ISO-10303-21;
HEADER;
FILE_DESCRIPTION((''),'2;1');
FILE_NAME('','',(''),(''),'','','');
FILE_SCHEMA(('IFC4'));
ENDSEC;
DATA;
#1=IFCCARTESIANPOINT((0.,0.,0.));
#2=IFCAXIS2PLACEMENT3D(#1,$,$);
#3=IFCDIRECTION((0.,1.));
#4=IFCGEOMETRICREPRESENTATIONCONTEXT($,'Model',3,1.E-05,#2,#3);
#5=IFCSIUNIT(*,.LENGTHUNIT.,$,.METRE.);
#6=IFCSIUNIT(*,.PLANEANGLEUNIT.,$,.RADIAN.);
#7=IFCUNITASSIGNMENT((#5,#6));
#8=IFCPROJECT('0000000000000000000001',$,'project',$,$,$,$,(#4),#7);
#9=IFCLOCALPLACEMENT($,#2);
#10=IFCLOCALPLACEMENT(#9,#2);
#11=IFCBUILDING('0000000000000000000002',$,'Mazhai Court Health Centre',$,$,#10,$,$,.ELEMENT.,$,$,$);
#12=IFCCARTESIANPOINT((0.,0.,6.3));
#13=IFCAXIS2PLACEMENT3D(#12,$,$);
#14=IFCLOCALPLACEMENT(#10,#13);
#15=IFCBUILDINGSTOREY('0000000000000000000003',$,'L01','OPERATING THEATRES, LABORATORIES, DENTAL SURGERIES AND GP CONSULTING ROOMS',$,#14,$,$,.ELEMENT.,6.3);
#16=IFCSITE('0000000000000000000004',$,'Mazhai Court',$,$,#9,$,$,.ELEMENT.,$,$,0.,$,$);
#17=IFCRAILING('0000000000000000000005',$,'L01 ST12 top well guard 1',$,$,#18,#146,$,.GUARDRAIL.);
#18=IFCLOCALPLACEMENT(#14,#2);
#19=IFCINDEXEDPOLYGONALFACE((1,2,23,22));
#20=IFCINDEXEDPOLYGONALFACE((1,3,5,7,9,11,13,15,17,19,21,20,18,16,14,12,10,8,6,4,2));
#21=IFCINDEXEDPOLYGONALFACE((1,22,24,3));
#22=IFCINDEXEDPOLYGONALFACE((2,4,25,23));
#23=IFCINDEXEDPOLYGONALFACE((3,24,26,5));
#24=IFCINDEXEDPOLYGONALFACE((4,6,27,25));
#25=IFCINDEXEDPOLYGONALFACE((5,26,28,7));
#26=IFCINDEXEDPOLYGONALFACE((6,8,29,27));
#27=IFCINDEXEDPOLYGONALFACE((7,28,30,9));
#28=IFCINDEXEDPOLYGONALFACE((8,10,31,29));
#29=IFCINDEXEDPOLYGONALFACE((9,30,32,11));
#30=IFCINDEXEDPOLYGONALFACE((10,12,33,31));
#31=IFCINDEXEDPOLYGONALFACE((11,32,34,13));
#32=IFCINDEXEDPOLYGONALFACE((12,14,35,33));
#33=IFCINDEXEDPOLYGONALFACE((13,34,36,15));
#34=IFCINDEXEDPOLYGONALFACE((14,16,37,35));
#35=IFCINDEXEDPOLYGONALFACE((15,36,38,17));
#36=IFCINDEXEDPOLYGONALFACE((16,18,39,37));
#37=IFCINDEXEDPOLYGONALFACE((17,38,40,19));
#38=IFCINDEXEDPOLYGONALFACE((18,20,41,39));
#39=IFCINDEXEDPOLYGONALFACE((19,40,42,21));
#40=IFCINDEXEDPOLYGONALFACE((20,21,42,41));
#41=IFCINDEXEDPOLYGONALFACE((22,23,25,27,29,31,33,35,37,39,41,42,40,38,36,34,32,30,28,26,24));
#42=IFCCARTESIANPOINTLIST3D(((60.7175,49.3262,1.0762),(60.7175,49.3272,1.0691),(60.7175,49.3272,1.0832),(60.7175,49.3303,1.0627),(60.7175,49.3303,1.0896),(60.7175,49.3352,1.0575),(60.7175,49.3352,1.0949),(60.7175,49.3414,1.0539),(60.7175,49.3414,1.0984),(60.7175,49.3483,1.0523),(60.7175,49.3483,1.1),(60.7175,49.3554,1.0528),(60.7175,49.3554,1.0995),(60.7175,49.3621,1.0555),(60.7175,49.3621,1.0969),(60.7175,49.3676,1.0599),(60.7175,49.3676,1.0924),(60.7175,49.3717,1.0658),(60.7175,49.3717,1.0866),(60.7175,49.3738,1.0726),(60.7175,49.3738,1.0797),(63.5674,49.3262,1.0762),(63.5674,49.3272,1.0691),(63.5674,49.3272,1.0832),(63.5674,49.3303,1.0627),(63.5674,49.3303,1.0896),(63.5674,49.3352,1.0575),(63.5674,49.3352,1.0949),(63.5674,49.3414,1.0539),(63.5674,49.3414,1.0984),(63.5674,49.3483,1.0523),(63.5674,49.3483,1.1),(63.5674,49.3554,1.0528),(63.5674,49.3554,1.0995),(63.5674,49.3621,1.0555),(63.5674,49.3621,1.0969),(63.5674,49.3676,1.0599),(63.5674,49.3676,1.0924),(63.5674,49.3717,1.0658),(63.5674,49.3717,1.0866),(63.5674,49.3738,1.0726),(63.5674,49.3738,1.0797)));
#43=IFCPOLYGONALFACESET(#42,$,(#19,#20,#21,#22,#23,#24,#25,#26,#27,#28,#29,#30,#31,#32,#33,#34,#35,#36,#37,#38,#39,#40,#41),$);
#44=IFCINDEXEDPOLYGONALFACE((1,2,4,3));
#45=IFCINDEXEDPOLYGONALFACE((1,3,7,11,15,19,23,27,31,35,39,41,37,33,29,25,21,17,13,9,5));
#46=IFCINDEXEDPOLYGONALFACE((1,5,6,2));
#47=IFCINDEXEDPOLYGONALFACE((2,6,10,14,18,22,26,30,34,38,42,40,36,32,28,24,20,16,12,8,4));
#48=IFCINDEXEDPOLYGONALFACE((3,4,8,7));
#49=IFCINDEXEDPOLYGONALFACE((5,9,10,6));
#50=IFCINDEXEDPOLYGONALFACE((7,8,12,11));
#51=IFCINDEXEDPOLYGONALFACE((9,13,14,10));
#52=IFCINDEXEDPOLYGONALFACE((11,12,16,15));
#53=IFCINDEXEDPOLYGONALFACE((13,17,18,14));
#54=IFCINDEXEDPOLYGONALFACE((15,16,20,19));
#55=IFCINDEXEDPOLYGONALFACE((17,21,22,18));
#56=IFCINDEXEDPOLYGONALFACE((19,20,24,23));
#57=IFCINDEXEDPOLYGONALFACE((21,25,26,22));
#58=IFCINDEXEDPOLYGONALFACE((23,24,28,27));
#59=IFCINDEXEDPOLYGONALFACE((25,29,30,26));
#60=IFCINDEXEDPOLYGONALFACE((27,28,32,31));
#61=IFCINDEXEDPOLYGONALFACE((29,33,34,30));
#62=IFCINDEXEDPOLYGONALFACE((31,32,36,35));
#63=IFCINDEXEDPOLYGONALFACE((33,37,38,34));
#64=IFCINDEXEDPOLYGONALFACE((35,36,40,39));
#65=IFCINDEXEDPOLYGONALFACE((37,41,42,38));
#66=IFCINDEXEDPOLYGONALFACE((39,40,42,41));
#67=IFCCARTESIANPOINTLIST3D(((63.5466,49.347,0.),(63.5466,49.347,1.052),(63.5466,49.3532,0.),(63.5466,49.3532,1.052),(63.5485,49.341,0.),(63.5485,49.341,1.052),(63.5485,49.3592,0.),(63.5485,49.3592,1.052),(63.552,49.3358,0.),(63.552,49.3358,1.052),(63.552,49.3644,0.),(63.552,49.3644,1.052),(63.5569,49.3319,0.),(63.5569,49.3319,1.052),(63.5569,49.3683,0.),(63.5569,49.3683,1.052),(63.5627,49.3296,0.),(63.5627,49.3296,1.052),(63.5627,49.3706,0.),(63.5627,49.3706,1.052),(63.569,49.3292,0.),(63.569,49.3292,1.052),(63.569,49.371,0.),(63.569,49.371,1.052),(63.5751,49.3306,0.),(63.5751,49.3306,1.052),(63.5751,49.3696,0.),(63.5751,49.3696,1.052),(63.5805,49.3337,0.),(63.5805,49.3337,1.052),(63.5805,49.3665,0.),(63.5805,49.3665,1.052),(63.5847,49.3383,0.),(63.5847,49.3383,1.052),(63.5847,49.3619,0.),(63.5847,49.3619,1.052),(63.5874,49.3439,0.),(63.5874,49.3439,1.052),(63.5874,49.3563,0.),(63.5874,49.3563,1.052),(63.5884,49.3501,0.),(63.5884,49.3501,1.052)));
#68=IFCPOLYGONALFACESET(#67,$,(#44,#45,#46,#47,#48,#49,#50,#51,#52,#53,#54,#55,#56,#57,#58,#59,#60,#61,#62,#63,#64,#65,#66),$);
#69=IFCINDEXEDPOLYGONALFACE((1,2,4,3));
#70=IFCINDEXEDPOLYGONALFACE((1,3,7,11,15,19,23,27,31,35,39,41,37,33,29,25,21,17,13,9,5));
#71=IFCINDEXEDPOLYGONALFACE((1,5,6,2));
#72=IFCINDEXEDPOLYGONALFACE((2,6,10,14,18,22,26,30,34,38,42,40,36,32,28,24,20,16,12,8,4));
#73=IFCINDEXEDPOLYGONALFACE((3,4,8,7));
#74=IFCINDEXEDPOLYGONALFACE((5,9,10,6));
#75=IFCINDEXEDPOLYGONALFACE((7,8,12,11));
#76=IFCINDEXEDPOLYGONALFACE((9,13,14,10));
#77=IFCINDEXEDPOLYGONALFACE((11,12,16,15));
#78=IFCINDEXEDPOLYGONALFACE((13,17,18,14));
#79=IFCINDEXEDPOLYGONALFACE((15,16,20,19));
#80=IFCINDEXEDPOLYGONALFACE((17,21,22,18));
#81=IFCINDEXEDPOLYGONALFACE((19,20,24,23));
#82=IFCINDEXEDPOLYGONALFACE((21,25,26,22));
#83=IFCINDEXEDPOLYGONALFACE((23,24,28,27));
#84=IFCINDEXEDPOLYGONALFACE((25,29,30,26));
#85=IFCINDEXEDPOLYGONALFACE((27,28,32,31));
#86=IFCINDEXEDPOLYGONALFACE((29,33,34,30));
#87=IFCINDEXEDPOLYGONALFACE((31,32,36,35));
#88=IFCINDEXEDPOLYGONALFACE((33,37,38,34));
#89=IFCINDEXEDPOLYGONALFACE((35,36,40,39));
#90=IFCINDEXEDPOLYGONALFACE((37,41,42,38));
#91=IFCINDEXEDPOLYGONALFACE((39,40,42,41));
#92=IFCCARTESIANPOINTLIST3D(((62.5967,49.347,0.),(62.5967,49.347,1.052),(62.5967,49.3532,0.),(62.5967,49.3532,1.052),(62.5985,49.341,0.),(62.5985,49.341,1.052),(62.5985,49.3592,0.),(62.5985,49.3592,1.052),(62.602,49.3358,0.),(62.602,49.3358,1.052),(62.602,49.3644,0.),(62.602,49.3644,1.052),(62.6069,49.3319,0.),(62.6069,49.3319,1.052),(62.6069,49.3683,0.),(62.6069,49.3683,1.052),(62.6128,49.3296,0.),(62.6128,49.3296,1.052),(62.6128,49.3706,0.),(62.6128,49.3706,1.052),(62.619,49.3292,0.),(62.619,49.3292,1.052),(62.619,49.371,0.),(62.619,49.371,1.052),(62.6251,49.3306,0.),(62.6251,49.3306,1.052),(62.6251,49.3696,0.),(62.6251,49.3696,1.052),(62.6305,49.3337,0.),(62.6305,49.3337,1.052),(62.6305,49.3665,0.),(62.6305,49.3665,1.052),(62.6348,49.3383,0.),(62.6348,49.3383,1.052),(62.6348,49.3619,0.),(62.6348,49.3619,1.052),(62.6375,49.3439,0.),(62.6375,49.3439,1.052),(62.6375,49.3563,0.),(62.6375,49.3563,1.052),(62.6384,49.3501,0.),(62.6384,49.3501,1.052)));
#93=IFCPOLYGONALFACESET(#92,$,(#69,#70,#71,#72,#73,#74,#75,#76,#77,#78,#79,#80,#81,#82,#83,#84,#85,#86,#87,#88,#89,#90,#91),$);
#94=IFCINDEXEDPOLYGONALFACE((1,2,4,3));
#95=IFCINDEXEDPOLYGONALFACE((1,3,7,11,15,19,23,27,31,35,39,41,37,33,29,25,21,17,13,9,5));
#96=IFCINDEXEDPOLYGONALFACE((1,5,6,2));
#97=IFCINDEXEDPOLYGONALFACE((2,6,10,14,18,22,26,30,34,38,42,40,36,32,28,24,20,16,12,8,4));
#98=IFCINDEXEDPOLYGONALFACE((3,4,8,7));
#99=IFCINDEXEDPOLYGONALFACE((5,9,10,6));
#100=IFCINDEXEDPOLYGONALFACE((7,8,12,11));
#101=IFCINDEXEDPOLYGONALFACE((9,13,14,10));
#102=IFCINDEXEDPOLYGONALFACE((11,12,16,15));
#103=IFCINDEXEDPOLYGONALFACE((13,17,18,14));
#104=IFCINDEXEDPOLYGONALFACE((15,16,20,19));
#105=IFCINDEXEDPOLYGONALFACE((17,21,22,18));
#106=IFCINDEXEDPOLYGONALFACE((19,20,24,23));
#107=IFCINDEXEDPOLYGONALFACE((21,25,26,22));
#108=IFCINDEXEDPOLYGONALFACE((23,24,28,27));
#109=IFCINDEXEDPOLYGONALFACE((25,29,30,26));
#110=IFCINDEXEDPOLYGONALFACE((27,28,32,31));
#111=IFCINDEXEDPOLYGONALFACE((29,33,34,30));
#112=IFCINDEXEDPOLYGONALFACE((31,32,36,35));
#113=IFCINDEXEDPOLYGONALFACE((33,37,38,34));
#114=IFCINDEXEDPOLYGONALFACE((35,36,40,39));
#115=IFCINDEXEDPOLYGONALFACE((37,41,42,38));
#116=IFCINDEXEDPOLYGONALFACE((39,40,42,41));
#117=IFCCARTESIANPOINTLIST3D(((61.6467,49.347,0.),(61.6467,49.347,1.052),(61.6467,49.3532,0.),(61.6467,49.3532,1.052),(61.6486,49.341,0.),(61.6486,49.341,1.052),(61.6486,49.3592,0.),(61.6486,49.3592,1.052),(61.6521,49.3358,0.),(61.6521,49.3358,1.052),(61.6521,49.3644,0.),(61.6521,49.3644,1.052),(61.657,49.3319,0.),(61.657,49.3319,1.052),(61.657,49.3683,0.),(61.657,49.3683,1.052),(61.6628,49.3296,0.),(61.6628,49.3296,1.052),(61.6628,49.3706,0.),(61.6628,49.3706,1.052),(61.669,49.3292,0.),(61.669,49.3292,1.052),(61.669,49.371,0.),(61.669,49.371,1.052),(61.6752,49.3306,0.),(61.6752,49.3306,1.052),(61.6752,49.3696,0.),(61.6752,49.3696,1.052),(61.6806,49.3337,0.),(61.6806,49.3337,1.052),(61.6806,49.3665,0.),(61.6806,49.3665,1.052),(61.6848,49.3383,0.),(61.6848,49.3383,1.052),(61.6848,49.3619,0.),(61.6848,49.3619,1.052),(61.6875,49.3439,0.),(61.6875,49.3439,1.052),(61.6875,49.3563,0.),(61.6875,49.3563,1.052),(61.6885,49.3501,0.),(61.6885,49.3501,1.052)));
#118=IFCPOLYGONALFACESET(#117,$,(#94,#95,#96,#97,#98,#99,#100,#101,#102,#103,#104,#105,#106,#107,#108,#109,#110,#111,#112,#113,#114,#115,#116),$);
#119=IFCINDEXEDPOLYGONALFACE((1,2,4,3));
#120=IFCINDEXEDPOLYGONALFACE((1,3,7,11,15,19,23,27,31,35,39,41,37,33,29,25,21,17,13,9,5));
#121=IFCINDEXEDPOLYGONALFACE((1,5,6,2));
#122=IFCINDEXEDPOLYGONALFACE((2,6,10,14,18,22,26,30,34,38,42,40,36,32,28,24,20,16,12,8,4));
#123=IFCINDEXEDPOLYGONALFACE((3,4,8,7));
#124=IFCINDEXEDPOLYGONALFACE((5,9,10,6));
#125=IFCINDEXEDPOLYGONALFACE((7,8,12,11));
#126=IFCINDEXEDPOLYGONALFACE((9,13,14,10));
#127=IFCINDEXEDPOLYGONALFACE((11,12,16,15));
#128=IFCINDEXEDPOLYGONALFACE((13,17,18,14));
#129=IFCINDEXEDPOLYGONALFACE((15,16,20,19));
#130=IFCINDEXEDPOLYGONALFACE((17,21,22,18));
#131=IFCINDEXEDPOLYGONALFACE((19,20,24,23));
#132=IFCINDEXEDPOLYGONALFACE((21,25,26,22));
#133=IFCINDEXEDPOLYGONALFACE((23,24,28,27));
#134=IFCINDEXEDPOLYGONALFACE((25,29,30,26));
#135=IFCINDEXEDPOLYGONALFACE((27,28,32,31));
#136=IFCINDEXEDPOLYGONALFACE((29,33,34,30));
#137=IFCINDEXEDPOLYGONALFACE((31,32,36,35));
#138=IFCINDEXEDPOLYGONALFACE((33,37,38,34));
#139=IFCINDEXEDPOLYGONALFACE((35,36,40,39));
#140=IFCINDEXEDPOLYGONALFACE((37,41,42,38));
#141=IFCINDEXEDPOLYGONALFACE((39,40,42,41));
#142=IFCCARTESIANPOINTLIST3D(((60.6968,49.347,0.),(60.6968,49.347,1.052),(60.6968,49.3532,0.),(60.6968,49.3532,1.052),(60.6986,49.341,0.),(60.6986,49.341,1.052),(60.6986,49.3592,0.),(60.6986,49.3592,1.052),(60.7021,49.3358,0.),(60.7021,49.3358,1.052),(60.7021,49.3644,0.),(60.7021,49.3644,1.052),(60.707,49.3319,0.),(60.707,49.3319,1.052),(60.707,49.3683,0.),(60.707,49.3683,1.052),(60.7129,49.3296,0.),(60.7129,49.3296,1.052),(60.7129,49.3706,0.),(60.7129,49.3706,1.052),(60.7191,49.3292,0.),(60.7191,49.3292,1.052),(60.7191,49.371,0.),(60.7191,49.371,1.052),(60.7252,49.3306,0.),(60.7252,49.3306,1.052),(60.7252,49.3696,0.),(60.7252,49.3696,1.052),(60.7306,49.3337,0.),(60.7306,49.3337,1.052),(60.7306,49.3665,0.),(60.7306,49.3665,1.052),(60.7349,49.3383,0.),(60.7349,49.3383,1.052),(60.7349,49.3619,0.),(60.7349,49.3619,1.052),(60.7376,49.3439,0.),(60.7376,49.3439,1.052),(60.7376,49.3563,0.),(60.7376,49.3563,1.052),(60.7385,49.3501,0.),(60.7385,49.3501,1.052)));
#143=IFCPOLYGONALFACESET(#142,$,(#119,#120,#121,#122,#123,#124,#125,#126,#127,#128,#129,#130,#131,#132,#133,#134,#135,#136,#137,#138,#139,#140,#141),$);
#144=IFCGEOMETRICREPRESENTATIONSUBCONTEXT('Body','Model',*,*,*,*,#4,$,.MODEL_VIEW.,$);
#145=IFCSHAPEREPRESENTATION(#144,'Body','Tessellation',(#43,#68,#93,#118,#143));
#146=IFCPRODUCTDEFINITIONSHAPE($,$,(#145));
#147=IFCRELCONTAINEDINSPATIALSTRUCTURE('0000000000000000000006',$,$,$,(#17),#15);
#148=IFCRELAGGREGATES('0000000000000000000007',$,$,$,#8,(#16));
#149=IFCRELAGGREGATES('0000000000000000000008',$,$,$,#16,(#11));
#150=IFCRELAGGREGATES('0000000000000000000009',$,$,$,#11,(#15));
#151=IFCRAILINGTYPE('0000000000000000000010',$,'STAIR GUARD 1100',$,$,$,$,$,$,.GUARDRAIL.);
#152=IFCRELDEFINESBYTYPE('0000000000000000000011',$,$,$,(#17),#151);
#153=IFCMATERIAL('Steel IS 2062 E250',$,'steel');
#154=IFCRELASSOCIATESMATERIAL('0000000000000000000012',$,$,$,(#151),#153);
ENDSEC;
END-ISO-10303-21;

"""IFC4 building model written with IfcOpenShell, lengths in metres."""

from ifc_helpers import new_model, si_unit, direction, frame, origin, origin_2d, place, context, subcontext, project, spatial, circle, extrude, material, type_object, element, save


model = new_model("IFC4")

# Units and contexts
model_context = context("Model", 3, precision=1e-05, world=origin(), true_north=direction((0.0, 1.0)))
body_context = subcontext(model_context, "Body", "Model", "MODEL_VIEW")
ifc_project = project(units=[si_unit("LENGTHUNIT", "METRE"), si_unit("PLANEANGLEUNIT", "RADIAN")], contexts=[model_context])

# Site, building, storey
site_placement = place(None, origin())
site = spatial("IfcSite", under=ifc_project, at=site_placement, Name="Mazhai Court", CompositionType="ELEMENT", RefElevation=0.0)
building_placement = place(site_placement, origin())
building = spatial("IfcBuilding", under=site, at=building_placement, Name="Mazhai Court Health Centre", CompositionType="ELEMENT")
storey_placement = place(building_placement, frame((0.0, 0.0, 6.3)))
storey = spatial("IfcBuildingStorey", under=building, at=storey_placement, Name="L01", Description="OPERATING THEATRES, LABORATORIES, DENTAL SURGERIES AND GP CONSULTING ROOMS", CompositionType="ELEMENT", Elevation=6.3)

# Railing
ifc_material_1 = material(Name="Steel IS 2062 E250", Category="steel")
railing_type_1 = type_object("IfcRailingType", Name="STAIR GUARD 1100", PredefinedType="GUARDRAIL", material=ifc_material_1)
railing_1_placement = place(storey_placement, frame((63.5674, 49.3501, 0.0)))
element("IfcRailing", 1, at=railing_1_placement, inside=storey, type_object=railing_type_1, Name="L01 ST12 top well guard 1", PredefinedType="GUARDRAIL", context=body_context, shape_type="SweptSolid", body=[
    extrude(circle(Radius=0.0239, at=origin_2d()), frame((0.0, 0.0, 1.0762), z_axis=(-1.0, 0.0, 0.0), x_axis=(0.0, -1.0, 0.0)), (0.0, 0.0, 1.0), 2.8499),
    extrude(circle(Radius=0.021, at=origin_2d()), origin(), (0.0, 0.0, 1.0), 1.052),
    extrude(circle(Radius=0.021, at=origin_2d()), frame((-0.95, 0.0, 0.0)), (0.0, 0.0, 1.0), 1.052),
    extrude(circle(Radius=0.021, at=origin_2d()), frame((-1.8999, 0.0, 0.0)), (0.0, 0.0, 1.0), 1.052),
    extrude(circle(Radius=0.021, at=origin_2d()), frame((-2.8499, 0.0, 0.0)), (0.0, 0.0, 1.0), 1.052),
])

save(model, "model.ifc")
